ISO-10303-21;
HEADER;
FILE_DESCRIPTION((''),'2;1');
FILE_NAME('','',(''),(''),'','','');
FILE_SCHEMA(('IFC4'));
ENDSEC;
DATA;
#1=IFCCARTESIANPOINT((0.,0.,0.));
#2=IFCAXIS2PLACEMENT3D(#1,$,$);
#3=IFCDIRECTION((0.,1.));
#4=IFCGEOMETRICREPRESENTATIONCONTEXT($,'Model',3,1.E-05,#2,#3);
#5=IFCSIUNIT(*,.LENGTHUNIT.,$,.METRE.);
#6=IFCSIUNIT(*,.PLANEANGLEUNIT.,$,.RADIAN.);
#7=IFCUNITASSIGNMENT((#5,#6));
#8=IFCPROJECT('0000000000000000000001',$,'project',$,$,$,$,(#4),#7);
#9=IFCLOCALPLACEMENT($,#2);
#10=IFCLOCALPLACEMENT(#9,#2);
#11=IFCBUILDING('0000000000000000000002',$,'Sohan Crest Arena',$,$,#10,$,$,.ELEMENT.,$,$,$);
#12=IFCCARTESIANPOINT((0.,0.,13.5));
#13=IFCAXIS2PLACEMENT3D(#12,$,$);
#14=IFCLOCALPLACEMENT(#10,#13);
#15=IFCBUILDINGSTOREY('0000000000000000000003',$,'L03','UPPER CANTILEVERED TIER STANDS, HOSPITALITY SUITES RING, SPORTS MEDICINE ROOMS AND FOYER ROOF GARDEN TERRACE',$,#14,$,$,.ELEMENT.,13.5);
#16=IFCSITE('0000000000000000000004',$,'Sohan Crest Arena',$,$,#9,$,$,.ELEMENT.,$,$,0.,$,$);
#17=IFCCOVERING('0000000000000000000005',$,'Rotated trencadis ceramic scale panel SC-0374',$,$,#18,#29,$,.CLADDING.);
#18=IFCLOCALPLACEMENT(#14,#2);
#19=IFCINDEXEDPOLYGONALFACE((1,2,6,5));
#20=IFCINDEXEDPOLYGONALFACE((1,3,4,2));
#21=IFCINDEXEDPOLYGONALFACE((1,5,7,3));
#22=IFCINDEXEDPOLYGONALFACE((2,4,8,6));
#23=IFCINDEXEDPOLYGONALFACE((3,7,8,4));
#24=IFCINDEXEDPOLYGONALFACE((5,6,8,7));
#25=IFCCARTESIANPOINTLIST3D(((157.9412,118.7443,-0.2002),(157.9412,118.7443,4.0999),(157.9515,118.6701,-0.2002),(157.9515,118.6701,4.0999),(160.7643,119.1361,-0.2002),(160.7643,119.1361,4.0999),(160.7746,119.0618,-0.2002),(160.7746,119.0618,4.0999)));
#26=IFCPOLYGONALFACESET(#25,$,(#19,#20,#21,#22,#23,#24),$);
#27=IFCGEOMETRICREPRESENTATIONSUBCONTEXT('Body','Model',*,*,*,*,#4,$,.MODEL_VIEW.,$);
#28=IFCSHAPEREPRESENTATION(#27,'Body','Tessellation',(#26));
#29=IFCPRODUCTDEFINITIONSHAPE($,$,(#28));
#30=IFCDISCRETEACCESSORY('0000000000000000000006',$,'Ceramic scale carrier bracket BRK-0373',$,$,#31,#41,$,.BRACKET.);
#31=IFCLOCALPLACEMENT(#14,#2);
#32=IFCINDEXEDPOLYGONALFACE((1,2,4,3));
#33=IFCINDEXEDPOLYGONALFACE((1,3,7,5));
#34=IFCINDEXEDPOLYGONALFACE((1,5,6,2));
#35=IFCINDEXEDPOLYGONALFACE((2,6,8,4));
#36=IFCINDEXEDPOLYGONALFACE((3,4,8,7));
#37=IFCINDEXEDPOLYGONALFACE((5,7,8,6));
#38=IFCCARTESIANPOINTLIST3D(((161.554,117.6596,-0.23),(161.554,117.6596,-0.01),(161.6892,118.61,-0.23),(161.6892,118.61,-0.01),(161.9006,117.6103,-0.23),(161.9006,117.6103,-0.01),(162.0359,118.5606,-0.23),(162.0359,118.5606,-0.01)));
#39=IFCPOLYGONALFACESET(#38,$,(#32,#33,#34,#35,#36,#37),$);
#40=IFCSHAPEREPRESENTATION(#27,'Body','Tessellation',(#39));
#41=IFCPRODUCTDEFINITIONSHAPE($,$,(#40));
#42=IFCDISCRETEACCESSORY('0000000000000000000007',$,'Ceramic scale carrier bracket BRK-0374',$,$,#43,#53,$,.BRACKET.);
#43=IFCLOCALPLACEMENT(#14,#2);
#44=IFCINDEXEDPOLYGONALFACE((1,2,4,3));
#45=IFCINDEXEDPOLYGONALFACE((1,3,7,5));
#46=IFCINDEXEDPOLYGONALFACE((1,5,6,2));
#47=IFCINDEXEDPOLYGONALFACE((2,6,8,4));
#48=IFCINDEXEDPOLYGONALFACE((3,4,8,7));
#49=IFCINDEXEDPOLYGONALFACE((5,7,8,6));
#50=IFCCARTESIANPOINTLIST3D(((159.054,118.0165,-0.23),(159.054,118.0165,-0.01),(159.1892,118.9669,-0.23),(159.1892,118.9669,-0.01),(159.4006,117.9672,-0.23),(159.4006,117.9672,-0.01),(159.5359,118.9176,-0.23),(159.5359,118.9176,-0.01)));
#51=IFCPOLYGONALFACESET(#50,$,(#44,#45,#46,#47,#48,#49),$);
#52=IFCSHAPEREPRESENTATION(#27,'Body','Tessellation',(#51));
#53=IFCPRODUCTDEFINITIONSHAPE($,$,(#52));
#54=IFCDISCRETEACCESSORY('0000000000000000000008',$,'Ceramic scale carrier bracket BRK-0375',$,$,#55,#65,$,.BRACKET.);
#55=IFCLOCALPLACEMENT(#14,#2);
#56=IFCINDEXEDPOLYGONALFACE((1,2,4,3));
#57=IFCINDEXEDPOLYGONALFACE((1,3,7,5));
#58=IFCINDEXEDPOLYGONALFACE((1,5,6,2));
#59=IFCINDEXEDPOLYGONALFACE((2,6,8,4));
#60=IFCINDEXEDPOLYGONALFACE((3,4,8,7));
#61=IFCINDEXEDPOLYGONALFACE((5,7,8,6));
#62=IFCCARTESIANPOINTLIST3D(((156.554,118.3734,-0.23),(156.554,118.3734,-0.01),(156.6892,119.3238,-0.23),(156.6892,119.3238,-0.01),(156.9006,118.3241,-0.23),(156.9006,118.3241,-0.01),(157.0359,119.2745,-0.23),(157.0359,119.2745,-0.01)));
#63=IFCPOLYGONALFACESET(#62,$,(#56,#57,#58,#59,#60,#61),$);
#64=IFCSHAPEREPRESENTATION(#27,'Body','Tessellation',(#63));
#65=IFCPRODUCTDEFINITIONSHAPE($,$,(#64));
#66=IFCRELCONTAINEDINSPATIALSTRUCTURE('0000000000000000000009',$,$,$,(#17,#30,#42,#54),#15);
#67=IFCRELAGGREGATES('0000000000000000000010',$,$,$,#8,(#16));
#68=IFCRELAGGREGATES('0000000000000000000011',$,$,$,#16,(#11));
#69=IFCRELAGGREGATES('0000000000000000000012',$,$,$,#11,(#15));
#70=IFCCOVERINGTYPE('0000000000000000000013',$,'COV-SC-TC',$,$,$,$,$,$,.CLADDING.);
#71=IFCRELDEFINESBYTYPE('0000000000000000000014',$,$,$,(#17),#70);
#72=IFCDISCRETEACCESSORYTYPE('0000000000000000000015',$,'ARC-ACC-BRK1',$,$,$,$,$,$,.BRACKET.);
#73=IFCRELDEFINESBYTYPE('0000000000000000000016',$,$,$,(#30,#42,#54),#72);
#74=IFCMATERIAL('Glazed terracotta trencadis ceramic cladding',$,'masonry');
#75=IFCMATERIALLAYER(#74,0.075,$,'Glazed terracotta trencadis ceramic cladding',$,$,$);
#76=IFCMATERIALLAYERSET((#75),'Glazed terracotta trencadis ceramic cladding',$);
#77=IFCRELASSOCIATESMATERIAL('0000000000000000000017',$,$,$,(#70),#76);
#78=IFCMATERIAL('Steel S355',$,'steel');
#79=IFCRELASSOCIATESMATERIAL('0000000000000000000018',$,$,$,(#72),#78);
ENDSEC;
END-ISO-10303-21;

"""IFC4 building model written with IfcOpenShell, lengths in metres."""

from ifc_helpers import new_model, si_unit, direction, frame, origin, origin_2d, place, context, subcontext, project, spatial, rectangle, extrude, material, layer, layer_set, type_object, element, save


model = new_model("IFC4")

# Units and contexts
model_context = context("Model", 3, precision=1e-05, world=origin(), true_north=direction((0.0, 1.0)))
body_context = subcontext(model_context, "Body", "Model", "MODEL_VIEW")
ifc_project = project(units=[si_unit("LENGTHUNIT", "METRE"), si_unit("PLANEANGLEUNIT", "RADIAN")], contexts=[model_context])

# Site, building, storey
site_placement = place(None, origin())
site = spatial("IfcSite", under=ifc_project, at=site_placement, Name="Sohan Crest Arena", CompositionType="ELEMENT", RefElevation=0.0)
building_placement = place(site_placement, origin())
building = spatial("IfcBuilding", under=site, at=building_placement, Name="Sohan Crest Arena", CompositionType="ELEMENT")
storey_placement = place(building_placement, frame((0.0, 0.0, 13.5)))
storey = spatial("IfcBuildingStorey", under=building, at=storey_placement, Name="L03", Description="UPPER CANTILEVERED TIER STANDS, HOSPITALITY SUITES RING, SPORTS MEDICINE ROOMS AND FOYER ROOF GARDEN TERRACE", CompositionType="ELEMENT", Elevation=13.5)

# Covering
ifc_material_1 = material(Name="Glazed terracotta trencadis ceramic cladding", Category="masonry")
ifc_layer_1 = layer(ifc_material_1, 0.075, Name="Glazed terracotta trencadis ceramic cladding")
ifc_layer_set_1 = layer_set([ifc_layer_1], Name="Glazed terracotta trencadis ceramic cladding")
covering_type_1 = type_object("IfcCoveringType", Name="COV-SC-TC", PredefinedType="CLADDING", material=ifc_layer_set_1)
covering_placement = place(storey_placement, frame((159.3579, 118.9031, -0.2002), z_axis=(0.0, 0.0, 1.0), x_axis=(-0.990509, -0.137445, 0.0)))
element("IfcCovering", 1, at=covering_placement, inside=storey, type_object=covering_type_1, Name="Rotated trencadis ceramic scale panel SC-0374", PredefinedType="CLADDING", context=body_context, shape_type="SweptSolid", body=[
    extrude(rectangle(XDim=2.8501, YDim=0.075, at=origin_2d()), origin(), (0.0, 0.0, 1.0), 4.3),
])

# Discrete accessories
ifc_material_2 = material(Name="Steel S355", Category="steel")
discrete_accessory_type = type_object("IfcDiscreteAccessoryType", Name="ARC-ACC-BRK1", PredefinedType="BRACKET", material=ifc_material_2)
for number, where, z_axis, x_axis, name in (
    (2, (161.7949, 118.1101, -0.23), (0.0, 0.0, 1.0), (-0.990024, 0.140901, 0.0), "Ceramic scale carrier bracket BRK-0373"),
    (3, (159.2949, 118.467, -0.23), (0.0, 0.0, 1.0), (-0.990024, 0.140901, 0.0), "Ceramic scale carrier bracket BRK-0374"),
    (4, (156.7949, 118.824, -0.23), (0.0, 0.0, 1.0), (-0.990024, 0.140901, 0.0), "Ceramic scale carrier bracket BRK-0375"),
):
    element("IfcDiscreteAccessory", number, at=place(storey_placement, frame(where, z_axis=z_axis, x_axis=x_axis)), inside=storey, type_object=discrete_accessory_type, Name=name, PredefinedType="BRACKET", context=body_context, shape_type="SweptSolid", body=[
        extrude(rectangle(XDim=0.3501, YDim=0.96, at=origin_2d()), origin(), (0.0, 0.0, 1.0), 0.22),
    ])

save(model, "model.ifc")
